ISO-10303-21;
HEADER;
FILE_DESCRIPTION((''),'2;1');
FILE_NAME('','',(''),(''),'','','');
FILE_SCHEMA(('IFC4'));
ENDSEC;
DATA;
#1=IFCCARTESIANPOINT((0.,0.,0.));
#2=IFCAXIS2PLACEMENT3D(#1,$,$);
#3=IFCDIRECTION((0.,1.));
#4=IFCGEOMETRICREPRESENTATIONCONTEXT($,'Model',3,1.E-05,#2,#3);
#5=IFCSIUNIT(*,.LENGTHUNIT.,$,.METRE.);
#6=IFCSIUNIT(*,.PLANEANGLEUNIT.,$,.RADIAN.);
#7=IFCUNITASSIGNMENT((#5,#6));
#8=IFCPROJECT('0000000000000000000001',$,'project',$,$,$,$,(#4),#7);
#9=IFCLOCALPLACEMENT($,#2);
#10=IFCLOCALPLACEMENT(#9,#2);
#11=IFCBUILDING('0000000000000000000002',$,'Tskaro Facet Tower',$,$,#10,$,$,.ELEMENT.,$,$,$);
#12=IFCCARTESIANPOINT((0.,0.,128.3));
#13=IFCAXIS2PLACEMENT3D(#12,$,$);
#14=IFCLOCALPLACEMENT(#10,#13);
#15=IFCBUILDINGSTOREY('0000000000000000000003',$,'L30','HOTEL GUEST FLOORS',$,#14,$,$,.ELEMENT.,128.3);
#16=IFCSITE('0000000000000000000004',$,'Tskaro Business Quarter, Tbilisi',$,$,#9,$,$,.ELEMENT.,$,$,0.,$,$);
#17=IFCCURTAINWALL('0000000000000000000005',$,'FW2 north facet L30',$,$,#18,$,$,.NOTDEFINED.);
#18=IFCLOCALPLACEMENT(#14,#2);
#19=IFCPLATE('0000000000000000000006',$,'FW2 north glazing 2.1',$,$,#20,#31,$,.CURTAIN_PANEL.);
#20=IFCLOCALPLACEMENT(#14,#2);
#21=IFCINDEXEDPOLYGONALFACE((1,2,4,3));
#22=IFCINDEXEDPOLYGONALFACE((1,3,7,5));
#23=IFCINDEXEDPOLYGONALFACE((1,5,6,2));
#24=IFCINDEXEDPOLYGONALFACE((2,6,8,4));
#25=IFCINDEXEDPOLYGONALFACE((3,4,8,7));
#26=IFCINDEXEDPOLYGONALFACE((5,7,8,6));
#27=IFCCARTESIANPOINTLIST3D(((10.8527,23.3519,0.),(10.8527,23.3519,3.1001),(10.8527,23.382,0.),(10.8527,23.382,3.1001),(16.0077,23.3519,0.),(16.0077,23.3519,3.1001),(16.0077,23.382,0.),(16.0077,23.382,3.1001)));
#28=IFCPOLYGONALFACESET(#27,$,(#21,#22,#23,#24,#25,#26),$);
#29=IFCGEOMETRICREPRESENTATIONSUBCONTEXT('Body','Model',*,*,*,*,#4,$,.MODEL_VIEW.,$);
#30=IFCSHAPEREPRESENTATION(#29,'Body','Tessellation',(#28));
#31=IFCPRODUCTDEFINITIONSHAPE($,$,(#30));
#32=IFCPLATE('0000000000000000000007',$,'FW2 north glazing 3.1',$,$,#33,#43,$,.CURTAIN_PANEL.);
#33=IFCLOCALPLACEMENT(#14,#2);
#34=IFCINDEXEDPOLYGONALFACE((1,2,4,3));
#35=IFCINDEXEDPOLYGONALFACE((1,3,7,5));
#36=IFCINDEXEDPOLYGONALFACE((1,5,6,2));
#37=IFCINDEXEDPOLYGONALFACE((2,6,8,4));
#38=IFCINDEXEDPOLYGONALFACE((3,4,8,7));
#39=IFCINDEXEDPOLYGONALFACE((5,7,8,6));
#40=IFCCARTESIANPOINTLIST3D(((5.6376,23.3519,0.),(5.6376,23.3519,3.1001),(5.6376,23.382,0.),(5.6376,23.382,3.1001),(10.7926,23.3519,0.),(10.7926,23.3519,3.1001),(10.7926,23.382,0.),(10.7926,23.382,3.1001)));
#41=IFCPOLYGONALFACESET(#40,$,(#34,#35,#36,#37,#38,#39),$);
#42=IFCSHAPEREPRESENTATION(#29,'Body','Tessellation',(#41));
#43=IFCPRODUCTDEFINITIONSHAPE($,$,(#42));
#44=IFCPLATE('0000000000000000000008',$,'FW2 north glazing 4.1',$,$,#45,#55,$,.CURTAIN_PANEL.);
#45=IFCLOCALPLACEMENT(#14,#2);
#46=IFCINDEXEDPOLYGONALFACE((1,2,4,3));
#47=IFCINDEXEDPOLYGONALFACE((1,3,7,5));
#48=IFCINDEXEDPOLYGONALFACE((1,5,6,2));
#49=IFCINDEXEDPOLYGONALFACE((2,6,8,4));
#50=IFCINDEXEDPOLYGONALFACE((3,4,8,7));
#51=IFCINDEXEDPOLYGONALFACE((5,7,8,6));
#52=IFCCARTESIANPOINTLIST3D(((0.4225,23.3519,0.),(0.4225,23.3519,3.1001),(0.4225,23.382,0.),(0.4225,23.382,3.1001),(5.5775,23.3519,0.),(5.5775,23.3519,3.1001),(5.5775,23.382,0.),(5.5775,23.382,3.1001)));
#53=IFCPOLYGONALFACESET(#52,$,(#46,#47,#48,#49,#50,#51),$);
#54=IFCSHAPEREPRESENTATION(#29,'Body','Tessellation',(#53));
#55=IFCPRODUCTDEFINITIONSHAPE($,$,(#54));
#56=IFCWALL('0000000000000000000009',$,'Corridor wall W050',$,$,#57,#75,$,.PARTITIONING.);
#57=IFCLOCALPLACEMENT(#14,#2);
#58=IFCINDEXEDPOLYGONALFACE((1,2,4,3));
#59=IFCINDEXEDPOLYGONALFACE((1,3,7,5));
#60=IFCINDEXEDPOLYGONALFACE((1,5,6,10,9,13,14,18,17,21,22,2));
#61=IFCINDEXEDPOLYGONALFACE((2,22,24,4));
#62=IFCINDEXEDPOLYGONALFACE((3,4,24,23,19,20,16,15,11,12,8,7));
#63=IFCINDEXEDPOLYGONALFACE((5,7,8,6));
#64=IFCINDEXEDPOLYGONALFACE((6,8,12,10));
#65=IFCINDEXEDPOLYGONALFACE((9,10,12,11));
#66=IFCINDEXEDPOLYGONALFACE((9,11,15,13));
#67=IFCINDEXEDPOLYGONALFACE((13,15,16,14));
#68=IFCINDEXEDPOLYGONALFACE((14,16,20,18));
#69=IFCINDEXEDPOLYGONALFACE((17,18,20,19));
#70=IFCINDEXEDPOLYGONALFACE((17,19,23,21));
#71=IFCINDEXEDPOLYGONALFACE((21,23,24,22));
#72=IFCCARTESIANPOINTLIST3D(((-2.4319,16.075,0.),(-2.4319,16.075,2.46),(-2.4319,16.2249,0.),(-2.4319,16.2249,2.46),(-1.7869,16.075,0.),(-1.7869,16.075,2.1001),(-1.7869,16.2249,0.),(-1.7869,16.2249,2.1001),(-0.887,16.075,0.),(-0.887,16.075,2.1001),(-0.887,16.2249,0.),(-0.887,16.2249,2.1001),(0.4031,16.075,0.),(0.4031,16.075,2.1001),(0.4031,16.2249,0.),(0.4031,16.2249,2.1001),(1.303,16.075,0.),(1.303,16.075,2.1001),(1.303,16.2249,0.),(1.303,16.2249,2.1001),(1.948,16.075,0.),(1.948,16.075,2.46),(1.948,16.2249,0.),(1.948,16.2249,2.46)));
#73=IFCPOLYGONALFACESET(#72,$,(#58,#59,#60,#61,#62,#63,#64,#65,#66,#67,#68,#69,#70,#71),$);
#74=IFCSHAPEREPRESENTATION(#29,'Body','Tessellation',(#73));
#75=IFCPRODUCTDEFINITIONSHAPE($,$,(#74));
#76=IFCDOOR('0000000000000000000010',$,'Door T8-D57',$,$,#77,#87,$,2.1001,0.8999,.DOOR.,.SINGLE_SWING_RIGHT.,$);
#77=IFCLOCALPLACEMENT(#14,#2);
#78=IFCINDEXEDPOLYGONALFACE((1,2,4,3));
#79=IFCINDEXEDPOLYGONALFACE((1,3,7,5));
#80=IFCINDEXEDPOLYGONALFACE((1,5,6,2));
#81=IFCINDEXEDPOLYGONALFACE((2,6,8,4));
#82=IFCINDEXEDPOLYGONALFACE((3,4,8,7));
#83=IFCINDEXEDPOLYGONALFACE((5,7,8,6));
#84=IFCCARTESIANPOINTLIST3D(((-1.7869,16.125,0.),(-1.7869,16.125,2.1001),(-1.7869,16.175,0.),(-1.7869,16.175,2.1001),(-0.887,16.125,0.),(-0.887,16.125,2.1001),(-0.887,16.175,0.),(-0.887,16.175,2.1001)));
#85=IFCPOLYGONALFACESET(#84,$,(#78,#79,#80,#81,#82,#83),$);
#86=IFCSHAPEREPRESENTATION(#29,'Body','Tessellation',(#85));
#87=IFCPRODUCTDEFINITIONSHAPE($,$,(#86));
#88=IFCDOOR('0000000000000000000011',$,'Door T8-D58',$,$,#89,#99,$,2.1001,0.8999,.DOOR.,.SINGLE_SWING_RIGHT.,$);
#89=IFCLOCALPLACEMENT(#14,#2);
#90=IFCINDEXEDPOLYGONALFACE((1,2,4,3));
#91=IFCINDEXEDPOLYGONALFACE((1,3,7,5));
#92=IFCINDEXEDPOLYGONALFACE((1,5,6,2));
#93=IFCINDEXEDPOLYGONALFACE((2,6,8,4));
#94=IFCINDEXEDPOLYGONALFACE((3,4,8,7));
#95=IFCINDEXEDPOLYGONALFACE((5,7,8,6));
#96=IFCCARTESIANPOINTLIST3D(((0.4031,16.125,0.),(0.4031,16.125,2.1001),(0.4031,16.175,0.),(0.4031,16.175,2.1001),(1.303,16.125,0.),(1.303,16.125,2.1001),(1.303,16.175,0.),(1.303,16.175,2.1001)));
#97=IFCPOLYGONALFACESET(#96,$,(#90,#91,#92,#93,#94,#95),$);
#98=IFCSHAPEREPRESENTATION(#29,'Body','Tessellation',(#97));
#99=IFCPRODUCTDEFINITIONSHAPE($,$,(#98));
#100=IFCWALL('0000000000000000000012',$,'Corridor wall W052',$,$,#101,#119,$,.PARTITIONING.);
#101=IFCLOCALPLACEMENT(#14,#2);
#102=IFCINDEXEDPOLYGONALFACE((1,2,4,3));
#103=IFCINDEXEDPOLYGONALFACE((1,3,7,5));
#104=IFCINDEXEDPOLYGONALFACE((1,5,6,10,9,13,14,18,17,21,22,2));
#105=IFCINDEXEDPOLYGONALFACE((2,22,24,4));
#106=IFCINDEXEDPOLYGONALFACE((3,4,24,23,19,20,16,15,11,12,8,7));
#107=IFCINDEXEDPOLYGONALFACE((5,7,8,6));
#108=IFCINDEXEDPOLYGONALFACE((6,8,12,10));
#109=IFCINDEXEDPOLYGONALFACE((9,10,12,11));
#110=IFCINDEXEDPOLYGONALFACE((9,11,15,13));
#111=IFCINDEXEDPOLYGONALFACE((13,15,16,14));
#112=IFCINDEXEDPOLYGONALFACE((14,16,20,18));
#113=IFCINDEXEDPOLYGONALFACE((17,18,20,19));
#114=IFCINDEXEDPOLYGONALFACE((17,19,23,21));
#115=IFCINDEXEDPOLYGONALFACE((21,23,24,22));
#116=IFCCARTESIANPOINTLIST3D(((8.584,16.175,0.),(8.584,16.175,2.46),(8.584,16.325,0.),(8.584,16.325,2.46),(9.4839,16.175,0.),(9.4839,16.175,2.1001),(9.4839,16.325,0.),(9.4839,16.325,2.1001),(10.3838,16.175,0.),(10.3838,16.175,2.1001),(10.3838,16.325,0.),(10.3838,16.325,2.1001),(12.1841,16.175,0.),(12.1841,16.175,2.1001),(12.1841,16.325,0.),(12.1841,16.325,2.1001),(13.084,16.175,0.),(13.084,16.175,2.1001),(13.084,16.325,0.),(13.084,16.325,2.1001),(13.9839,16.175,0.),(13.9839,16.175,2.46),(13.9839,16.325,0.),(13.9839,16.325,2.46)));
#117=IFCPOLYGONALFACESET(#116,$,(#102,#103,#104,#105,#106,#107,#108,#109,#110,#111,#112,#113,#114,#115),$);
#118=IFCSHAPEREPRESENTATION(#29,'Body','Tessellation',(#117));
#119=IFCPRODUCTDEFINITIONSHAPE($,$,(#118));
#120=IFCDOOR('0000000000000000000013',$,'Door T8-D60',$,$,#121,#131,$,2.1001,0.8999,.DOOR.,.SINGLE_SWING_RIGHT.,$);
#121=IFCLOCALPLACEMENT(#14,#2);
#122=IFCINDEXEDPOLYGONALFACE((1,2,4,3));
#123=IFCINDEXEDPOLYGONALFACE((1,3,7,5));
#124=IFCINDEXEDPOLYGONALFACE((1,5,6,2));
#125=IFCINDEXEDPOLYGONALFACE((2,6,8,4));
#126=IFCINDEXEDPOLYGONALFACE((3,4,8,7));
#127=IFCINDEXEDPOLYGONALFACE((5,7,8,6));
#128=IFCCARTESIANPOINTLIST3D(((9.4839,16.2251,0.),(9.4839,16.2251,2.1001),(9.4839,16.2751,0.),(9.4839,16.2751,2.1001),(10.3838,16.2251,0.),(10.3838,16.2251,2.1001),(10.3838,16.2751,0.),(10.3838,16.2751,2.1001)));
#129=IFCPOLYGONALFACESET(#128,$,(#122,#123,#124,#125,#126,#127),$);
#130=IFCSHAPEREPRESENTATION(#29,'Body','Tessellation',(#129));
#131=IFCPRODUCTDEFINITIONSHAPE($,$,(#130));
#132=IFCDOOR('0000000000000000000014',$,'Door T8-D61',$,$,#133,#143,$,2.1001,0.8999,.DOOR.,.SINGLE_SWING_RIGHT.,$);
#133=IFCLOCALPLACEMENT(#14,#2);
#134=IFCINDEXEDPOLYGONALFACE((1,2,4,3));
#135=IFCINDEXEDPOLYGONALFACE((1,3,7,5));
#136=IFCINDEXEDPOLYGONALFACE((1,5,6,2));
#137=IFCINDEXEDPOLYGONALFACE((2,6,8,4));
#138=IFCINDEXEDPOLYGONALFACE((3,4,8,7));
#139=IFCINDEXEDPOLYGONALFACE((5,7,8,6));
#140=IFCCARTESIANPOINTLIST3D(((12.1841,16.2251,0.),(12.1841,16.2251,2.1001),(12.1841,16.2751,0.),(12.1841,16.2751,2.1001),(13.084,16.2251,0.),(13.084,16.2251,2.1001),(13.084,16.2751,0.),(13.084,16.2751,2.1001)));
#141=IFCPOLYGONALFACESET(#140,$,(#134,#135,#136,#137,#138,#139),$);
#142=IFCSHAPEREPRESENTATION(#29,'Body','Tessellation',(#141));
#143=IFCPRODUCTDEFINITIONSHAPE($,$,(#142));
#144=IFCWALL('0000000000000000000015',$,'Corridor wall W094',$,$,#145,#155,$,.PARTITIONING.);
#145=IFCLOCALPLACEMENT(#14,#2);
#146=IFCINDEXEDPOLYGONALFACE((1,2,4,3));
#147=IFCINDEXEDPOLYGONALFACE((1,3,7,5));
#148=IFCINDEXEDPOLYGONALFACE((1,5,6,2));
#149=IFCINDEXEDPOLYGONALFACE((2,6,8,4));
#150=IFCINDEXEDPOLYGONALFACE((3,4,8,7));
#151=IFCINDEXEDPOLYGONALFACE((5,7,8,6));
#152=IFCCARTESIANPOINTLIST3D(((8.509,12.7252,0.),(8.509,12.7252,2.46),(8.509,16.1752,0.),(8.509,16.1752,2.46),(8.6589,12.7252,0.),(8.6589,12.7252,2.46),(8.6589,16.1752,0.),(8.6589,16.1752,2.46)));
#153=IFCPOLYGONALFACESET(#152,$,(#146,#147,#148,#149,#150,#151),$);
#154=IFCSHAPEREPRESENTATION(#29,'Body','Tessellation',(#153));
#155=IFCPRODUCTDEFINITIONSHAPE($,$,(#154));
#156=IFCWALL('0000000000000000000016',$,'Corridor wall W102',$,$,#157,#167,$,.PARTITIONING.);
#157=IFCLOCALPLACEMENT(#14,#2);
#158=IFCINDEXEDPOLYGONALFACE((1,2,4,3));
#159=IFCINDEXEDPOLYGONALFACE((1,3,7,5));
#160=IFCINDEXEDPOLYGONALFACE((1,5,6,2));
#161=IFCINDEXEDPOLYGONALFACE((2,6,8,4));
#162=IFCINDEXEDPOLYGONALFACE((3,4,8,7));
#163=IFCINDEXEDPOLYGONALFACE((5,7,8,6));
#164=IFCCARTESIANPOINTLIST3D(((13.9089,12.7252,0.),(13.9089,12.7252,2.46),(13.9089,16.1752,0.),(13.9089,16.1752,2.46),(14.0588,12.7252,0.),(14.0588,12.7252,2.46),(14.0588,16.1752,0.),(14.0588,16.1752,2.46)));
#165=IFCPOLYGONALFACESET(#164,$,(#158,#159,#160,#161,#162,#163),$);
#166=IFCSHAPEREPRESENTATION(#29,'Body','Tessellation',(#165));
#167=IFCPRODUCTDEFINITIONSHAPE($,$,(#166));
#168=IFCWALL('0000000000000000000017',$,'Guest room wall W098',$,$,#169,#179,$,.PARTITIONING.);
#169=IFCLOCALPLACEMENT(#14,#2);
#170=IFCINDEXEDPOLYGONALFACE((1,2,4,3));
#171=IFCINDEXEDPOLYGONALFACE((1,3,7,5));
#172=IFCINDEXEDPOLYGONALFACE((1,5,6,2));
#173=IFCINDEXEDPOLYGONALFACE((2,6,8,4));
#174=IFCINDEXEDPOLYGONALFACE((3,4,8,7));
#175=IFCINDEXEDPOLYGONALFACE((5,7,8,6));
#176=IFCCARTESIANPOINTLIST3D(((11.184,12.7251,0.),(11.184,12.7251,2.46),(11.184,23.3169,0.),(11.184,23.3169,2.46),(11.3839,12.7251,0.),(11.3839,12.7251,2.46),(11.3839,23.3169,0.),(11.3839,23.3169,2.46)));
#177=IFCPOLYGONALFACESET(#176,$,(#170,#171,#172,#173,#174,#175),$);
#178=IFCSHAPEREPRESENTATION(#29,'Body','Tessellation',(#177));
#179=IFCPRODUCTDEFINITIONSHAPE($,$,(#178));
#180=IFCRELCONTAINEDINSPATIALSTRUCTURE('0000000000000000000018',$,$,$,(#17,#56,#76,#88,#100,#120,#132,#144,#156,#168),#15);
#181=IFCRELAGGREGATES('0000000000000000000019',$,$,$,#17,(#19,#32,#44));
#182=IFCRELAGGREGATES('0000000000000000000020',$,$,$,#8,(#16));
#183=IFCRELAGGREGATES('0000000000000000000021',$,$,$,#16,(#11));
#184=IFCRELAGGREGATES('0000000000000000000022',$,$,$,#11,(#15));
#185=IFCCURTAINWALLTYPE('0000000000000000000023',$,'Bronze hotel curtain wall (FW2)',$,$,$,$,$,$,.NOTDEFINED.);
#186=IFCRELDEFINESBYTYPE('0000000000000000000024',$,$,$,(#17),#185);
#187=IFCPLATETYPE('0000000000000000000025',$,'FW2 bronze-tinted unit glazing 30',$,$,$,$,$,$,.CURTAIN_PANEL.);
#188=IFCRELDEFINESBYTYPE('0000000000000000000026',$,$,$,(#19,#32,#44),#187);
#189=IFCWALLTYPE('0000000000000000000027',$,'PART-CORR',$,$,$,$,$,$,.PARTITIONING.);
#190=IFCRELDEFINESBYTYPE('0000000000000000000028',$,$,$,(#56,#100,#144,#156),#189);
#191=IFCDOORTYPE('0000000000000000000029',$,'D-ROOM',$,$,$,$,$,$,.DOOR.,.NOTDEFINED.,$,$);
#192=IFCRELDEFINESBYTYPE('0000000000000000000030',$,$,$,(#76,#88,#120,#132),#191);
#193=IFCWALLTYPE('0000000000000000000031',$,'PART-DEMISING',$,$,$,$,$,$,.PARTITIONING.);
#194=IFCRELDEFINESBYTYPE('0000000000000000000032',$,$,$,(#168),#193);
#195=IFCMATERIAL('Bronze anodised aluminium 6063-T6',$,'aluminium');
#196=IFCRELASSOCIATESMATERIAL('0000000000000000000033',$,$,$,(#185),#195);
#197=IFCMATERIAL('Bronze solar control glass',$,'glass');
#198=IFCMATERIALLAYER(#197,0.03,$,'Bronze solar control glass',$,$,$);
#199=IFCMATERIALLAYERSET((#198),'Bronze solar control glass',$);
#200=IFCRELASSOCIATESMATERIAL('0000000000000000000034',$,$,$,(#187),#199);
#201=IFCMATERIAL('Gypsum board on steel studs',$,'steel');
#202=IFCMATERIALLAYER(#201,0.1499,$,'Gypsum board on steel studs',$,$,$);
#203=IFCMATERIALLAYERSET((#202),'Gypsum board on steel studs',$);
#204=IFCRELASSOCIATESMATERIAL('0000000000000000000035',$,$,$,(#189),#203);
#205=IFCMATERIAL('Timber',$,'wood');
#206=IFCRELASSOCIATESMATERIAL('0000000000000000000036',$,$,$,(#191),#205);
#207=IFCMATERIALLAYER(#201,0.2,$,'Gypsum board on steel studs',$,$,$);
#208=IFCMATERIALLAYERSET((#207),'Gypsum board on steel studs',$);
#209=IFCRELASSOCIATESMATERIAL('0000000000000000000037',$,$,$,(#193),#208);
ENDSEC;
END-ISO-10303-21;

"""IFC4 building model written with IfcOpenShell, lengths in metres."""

from ifc_helpers import new_model, si_unit, direction, frame, frame_2d, origin, origin_2d, place, context, subcontext, project, spatial, rectangle, extrude, material, layer, layer_set, type_object, element, fill, aggregate, save


model = new_model("IFC4")

# Units and contexts
model_context = context("Model", 3, precision=1e-05, world=origin(), true_north=direction((0.0, 1.0)))
body_context = subcontext(model_context, "Body", "Model", "MODEL_VIEW")
ifc_project = project(units=[si_unit("LENGTHUNIT", "METRE"), si_unit("PLANEANGLEUNIT", "RADIAN")], contexts=[model_context])

# Site, building, storey
site_placement = place(None, origin())
site = spatial("IfcSite", under=ifc_project, at=site_placement, Name="Tskaro Business Quarter, Tbilisi", CompositionType="ELEMENT", RefElevation=0.0)
building_placement = place(site_placement, origin())
building = spatial("IfcBuilding", under=site, at=building_placement, Name="Tskaro Facet Tower", CompositionType="ELEMENT")
storey_placement = place(building_placement, frame((0.0, 0.0, 128.3)))
storey = spatial("IfcBuildingStorey", under=building, at=storey_placement, Name="L30", Description="HOTEL GUEST FLOORS", CompositionType="ELEMENT", Elevation=128.3)

# Curtain wall
ifc_material_1 = material(Name="Bronze anodised aluminium 6063-T6", Category="aluminium")
curtain_wall_type = type_object("IfcCurtainWallType", Name="Bronze hotel curtain wall (FW2)", PredefinedType="NOTDEFINED", material=ifc_material_1)
curtain_wall_placement = place(storey_placement, origin())
curtain_wall = element("IfcCurtainWall", 1, at=curtain_wall_placement, inside=storey, type_object=curtain_wall_type, Name="FW2 north facet L30", PredefinedType="NOTDEFINED")

# Plates
ifc_material_2 = material(Name="Bronze solar control glass", Category="glass")
ifc_layer_1 = layer(ifc_material_2, 0.03, Name="Bronze solar control glass")
ifc_layer_set_1 = layer_set([ifc_layer_1], Name="Bronze solar control glass")
plate_type = type_object("IfcPlateType", Name="FW2 bronze-tinted unit glazing 30", PredefinedType="CURTAIN_PANEL", material=ifc_layer_set_1)
plate_1_placement = place(storey_placement, frame((13.4302, 23.3669, 0.0), z_axis=(0.0, 0.0, 1.0), x_axis=(-1.0, 0.0, 0.0)))
plate_1 = element("IfcPlate", 2, at=plate_1_placement, type_object=plate_type, Name="FW2 north glazing 2.1", PredefinedType="CURTAIN_PANEL", context=body_context, shape_type="SweptSolid", body=[
    extrude(rectangle(XDim=5.155, YDim=0.03, at=origin_2d()), origin(), (0.0, 0.0, 1.0), 3.1001),
])
plate_2_placement = place(storey_placement, frame((8.2151, 23.3669, 0.0), z_axis=(0.0, 0.0, 1.0), x_axis=(-1.0, 0.0, 0.0)))
plate_2 = element("IfcPlate", 3, at=plate_2_placement, type_object=plate_type, Name="FW2 north glazing 3.1", PredefinedType="CURTAIN_PANEL", context=body_context, shape_type="SweptSolid", body=[
    extrude(rectangle(XDim=5.155, YDim=0.03, at=origin_2d()), origin(), (0.0, 0.0, 1.0), 3.1001),
])
plate_3_placement = place(storey_placement, frame((3.0, 23.3669, 0.0), z_axis=(0.0, 0.0, 1.0), x_axis=(-1.0, 0.0, 0.0)))
plate_3 = element("IfcPlate", 4, at=plate_3_placement, type_object=plate_type, Name="FW2 north glazing 4.1", PredefinedType="CURTAIN_PANEL", context=body_context, shape_type="SweptSolid", body=[
    extrude(rectangle(XDim=5.155, YDim=0.03, at=origin_2d()), origin(), (0.0, 0.0, 1.0), 3.1001),
])
aggregate(curtain_wall, [plate_1, plate_2, plate_3])

# Walls, openings, doors
ifc_material_3 = material(Name="Gypsum board on steel studs", Category="steel")
ifc_layer_2 = layer(ifc_material_3, 0.1499, Name="Gypsum board on steel studs")
ifc_layer_set_2 = layer_set([ifc_layer_2], Name="Gypsum board on steel studs")
wall_type_1 = type_object("IfcWallType", Name="PART-CORR", PredefinedType="PARTITIONING", material=ifc_layer_set_2)
wall_1_placement = place(storey_placement, frame((1.948, 16.1499, 0.0), z_axis=(0.0, 0.0, 1.0), x_axis=(-1.0, 0.0, 0.0)))
wall_1 = element("IfcWall", 5, at=wall_1_placement, inside=storey, type_object=wall_type_1, Name="Corridor wall W050", PredefinedType="PARTITIONING", context=body_context, shape_type="SweptSolid", body=[
    extrude(rectangle(XDim=4.3799, YDim=0.1499, at=frame_2d((2.1899, 0.0))), origin(), (0.0, 0.0, 1.0), 2.46),
])
opening_1_placement = place(wall_1_placement, frame((2.835, 0.0, 0.0)))
opening_1 = element("IfcOpeningElement", 6, at=opening_1_placement, cuts=wall_1, PredefinedType="OPENING", context=body_context, shape_type="SweptSolid", body=[
    extrude(rectangle(XDim=0.8999, YDim=2.1001, at=frame_2d((0.45, 1.05))), frame((0.0, 0.085, 0.0), z_axis=(0.0, -1.0, 0.0), x_axis=(1.0, 0.0, 0.0)), (0.0, 0.0, 1.0), 0.1699),
])
opening_2_placement = place(wall_1_placement, frame((0.645, 0.0, 0.0)))
opening_2 = element("IfcOpeningElement", 7, at=opening_2_placement, cuts=wall_1, PredefinedType="OPENING", context=body_context, shape_type="SweptSolid", body=[
    extrude(rectangle(XDim=0.8999, YDim=2.1001, at=frame_2d((0.45, 1.05))), frame((0.0, 0.085, 0.0), z_axis=(0.0, -1.0, 0.0), x_axis=(1.0, 0.0, 0.0)), (0.0, 0.0, 1.0), 0.1699),
])
ifc_material_4 = material(Name="Timber", Category="wood")
door_type = type_object("IfcDoorType", Name="D-ROOM", OperationType="NOTDEFINED", PredefinedType="DOOR", material=ifc_material_4)
door_1_placement = place(opening_1_placement, origin())
door_1 = element("IfcDoor", 8, at=door_1_placement, inside=storey, type_object=door_type, Name="Door T8-D57", OperationType="SINGLE_SWING_RIGHT", OverallHeight=2.1001, OverallWidth=0.8999, PredefinedType="DOOR", context=body_context, shape_type="SweptSolid", body=[
    extrude(rectangle(XDim=0.8999, YDim=2.1001, at=frame_2d((0.45, 1.05))), frame((0.0, 0.0249, 0.0), z_axis=(0.0, -1.0, 0.0), x_axis=(1.0, 0.0, 0.0)), (0.0, 0.0, 1.0), 0.05),
])
fill(opening_1, door_1)
door_2_placement = place(opening_2_placement, origin())
door_2 = element("IfcDoor", 9, at=door_2_placement, inside=storey, type_object=door_type, Name="Door T8-D58", OperationType="SINGLE_SWING_RIGHT", OverallHeight=2.1001, OverallWidth=0.8999, PredefinedType="DOOR", context=body_context, shape_type="SweptSolid", body=[
    extrude(rectangle(XDim=0.8999, YDim=2.1001, at=frame_2d((0.45, 1.05))), frame((0.0, 0.0249, 0.0), z_axis=(0.0, -1.0, 0.0), x_axis=(1.0, 0.0, 0.0)), (0.0, 0.0, 1.0), 0.05),
])
fill(opening_2, door_2)
wall_2_placement = place(storey_placement, frame((13.9839, 16.25, 0.0), z_axis=(0.0, 0.0, 1.0), x_axis=(-1.0, 0.0, 0.0)))
wall_2 = element("IfcWall", 10, at=wall_2_placement, inside=storey, type_object=wall_type_1, Name="Corridor wall W052", PredefinedType="PARTITIONING", context=body_context, shape_type="SweptSolid", body=[
    extrude(rectangle(XDim=5.3999, YDim=0.1499, at=frame_2d((2.7, 0.0))), origin(), (0.0, 0.0, 1.0), 2.46),
])
opening_3_placement = place(wall_2_placement, frame((3.6001, 0.0, 0.0)))
opening_3 = element("IfcOpeningElement", 11, at=opening_3_placement, cuts=wall_2, PredefinedType="OPENING", context=body_context, shape_type="SweptSolid", body=[
    extrude(rectangle(XDim=0.8999, YDim=2.1001, at=frame_2d((0.45, 1.05))), frame((0.0, 0.085, 0.0), z_axis=(0.0, -1.0, 0.0), x_axis=(1.0, 0.0, 0.0)), (0.0, 0.0, 1.0), 0.1699),
])
opening_4_placement = place(wall_2_placement, frame((0.8999, 0.0, 0.0)))
opening_4 = element("IfcOpeningElement", 12, at=opening_4_placement, cuts=wall_2, PredefinedType="OPENING", context=body_context, shape_type="SweptSolid", body=[
    extrude(rectangle(XDim=0.8999, YDim=2.1001, at=frame_2d((0.45, 1.05))), frame((0.0, 0.085, 0.0), z_axis=(0.0, -1.0, 0.0), x_axis=(1.0, 0.0, 0.0)), (0.0, 0.0, 1.0), 0.1699),
])
door_3_placement = place(opening_3_placement, origin())
door_3 = element("IfcDoor", 13, at=door_3_placement, inside=storey, type_object=door_type, Name="Door T8-D60", OperationType="SINGLE_SWING_RIGHT", OverallHeight=2.1001, OverallWidth=0.8999, PredefinedType="DOOR", context=body_context, shape_type="SweptSolid", body=[
    extrude(rectangle(XDim=0.8999, YDim=2.1001, at=frame_2d((0.45, 1.05))), frame((0.0, 0.0249, 0.0), z_axis=(0.0, -1.0, 0.0), x_axis=(1.0, 0.0, 0.0)), (0.0, 0.0, 1.0), 0.05),
])
fill(opening_3, door_3)
door_4_placement = place(opening_4_placement, origin())
door_4 = element("IfcDoor", 14, at=door_4_placement, inside=storey, type_object=door_type, Name="Door T8-D61", OperationType="SINGLE_SWING_RIGHT", OverallHeight=2.1001, OverallWidth=0.8999, PredefinedType="DOOR", context=body_context, shape_type="SweptSolid", body=[
    extrude(rectangle(XDim=0.8999, YDim=2.1001, at=frame_2d((0.45, 1.05))), frame((0.0, 0.0249, 0.0), z_axis=(0.0, -1.0, 0.0), x_axis=(1.0, 0.0, 0.0)), (0.0, 0.0, 1.0), 0.05),
])
fill(opening_4, door_4)

# Walls
for number, where, z_axis, x_axis, name in (
    (15, (8.584, 12.7251, 0.0), (0.0, 0.0, 1.0), (0.0, 1.0, 0.0), "Corridor wall W094"),
    (16, (13.9839, 12.7251, 0.0), (0.0, 0.0, 1.0), (0.0, 1.0, 0.0), "Corridor wall W102"),
):
    element("IfcWall", number, at=place(storey_placement, frame(where, z_axis=z_axis, x_axis=x_axis)), inside=storey, type_object=wall_type_1, Name=name, PredefinedType="PARTITIONING", context=body_context, shape_type="SweptSolid", body=[
        extrude(rectangle(XDim=3.45, YDim=0.1499, at=frame_2d((1.7251, 0.0))), origin(), (0.0, 0.0, 1.0), 2.46),
    ])
ifc_layer_3 = layer(ifc_material_3, 0.2, Name="Gypsum board on steel studs")
ifc_layer_set_3 = layer_set([ifc_layer_3], Name="Gypsum board on steel studs")
wall_type_2 = type_object("IfcWallType", Name="PART-DEMISING", PredefinedType="PARTITIONING", material=ifc_layer_set_3)
wall_3_placement = place(storey_placement, frame((11.2839, 12.7251, 0.0), z_axis=(0.0, 0.0, 1.0), x_axis=(0.0, 1.0, 0.0)))
element("IfcWall", 17, at=wall_3_placement, inside=storey, type_object=wall_type_2, Name="Guest room wall W098", PredefinedType="PARTITIONING", context=body_context, shape_type="SweptSolid", body=[
    extrude(rectangle(XDim=10.5918, YDim=0.2, at=frame_2d((5.2959, 0.0))), origin(), (0.0, 0.0, 1.0), 2.46),
])

save(model, "model.ifc")
